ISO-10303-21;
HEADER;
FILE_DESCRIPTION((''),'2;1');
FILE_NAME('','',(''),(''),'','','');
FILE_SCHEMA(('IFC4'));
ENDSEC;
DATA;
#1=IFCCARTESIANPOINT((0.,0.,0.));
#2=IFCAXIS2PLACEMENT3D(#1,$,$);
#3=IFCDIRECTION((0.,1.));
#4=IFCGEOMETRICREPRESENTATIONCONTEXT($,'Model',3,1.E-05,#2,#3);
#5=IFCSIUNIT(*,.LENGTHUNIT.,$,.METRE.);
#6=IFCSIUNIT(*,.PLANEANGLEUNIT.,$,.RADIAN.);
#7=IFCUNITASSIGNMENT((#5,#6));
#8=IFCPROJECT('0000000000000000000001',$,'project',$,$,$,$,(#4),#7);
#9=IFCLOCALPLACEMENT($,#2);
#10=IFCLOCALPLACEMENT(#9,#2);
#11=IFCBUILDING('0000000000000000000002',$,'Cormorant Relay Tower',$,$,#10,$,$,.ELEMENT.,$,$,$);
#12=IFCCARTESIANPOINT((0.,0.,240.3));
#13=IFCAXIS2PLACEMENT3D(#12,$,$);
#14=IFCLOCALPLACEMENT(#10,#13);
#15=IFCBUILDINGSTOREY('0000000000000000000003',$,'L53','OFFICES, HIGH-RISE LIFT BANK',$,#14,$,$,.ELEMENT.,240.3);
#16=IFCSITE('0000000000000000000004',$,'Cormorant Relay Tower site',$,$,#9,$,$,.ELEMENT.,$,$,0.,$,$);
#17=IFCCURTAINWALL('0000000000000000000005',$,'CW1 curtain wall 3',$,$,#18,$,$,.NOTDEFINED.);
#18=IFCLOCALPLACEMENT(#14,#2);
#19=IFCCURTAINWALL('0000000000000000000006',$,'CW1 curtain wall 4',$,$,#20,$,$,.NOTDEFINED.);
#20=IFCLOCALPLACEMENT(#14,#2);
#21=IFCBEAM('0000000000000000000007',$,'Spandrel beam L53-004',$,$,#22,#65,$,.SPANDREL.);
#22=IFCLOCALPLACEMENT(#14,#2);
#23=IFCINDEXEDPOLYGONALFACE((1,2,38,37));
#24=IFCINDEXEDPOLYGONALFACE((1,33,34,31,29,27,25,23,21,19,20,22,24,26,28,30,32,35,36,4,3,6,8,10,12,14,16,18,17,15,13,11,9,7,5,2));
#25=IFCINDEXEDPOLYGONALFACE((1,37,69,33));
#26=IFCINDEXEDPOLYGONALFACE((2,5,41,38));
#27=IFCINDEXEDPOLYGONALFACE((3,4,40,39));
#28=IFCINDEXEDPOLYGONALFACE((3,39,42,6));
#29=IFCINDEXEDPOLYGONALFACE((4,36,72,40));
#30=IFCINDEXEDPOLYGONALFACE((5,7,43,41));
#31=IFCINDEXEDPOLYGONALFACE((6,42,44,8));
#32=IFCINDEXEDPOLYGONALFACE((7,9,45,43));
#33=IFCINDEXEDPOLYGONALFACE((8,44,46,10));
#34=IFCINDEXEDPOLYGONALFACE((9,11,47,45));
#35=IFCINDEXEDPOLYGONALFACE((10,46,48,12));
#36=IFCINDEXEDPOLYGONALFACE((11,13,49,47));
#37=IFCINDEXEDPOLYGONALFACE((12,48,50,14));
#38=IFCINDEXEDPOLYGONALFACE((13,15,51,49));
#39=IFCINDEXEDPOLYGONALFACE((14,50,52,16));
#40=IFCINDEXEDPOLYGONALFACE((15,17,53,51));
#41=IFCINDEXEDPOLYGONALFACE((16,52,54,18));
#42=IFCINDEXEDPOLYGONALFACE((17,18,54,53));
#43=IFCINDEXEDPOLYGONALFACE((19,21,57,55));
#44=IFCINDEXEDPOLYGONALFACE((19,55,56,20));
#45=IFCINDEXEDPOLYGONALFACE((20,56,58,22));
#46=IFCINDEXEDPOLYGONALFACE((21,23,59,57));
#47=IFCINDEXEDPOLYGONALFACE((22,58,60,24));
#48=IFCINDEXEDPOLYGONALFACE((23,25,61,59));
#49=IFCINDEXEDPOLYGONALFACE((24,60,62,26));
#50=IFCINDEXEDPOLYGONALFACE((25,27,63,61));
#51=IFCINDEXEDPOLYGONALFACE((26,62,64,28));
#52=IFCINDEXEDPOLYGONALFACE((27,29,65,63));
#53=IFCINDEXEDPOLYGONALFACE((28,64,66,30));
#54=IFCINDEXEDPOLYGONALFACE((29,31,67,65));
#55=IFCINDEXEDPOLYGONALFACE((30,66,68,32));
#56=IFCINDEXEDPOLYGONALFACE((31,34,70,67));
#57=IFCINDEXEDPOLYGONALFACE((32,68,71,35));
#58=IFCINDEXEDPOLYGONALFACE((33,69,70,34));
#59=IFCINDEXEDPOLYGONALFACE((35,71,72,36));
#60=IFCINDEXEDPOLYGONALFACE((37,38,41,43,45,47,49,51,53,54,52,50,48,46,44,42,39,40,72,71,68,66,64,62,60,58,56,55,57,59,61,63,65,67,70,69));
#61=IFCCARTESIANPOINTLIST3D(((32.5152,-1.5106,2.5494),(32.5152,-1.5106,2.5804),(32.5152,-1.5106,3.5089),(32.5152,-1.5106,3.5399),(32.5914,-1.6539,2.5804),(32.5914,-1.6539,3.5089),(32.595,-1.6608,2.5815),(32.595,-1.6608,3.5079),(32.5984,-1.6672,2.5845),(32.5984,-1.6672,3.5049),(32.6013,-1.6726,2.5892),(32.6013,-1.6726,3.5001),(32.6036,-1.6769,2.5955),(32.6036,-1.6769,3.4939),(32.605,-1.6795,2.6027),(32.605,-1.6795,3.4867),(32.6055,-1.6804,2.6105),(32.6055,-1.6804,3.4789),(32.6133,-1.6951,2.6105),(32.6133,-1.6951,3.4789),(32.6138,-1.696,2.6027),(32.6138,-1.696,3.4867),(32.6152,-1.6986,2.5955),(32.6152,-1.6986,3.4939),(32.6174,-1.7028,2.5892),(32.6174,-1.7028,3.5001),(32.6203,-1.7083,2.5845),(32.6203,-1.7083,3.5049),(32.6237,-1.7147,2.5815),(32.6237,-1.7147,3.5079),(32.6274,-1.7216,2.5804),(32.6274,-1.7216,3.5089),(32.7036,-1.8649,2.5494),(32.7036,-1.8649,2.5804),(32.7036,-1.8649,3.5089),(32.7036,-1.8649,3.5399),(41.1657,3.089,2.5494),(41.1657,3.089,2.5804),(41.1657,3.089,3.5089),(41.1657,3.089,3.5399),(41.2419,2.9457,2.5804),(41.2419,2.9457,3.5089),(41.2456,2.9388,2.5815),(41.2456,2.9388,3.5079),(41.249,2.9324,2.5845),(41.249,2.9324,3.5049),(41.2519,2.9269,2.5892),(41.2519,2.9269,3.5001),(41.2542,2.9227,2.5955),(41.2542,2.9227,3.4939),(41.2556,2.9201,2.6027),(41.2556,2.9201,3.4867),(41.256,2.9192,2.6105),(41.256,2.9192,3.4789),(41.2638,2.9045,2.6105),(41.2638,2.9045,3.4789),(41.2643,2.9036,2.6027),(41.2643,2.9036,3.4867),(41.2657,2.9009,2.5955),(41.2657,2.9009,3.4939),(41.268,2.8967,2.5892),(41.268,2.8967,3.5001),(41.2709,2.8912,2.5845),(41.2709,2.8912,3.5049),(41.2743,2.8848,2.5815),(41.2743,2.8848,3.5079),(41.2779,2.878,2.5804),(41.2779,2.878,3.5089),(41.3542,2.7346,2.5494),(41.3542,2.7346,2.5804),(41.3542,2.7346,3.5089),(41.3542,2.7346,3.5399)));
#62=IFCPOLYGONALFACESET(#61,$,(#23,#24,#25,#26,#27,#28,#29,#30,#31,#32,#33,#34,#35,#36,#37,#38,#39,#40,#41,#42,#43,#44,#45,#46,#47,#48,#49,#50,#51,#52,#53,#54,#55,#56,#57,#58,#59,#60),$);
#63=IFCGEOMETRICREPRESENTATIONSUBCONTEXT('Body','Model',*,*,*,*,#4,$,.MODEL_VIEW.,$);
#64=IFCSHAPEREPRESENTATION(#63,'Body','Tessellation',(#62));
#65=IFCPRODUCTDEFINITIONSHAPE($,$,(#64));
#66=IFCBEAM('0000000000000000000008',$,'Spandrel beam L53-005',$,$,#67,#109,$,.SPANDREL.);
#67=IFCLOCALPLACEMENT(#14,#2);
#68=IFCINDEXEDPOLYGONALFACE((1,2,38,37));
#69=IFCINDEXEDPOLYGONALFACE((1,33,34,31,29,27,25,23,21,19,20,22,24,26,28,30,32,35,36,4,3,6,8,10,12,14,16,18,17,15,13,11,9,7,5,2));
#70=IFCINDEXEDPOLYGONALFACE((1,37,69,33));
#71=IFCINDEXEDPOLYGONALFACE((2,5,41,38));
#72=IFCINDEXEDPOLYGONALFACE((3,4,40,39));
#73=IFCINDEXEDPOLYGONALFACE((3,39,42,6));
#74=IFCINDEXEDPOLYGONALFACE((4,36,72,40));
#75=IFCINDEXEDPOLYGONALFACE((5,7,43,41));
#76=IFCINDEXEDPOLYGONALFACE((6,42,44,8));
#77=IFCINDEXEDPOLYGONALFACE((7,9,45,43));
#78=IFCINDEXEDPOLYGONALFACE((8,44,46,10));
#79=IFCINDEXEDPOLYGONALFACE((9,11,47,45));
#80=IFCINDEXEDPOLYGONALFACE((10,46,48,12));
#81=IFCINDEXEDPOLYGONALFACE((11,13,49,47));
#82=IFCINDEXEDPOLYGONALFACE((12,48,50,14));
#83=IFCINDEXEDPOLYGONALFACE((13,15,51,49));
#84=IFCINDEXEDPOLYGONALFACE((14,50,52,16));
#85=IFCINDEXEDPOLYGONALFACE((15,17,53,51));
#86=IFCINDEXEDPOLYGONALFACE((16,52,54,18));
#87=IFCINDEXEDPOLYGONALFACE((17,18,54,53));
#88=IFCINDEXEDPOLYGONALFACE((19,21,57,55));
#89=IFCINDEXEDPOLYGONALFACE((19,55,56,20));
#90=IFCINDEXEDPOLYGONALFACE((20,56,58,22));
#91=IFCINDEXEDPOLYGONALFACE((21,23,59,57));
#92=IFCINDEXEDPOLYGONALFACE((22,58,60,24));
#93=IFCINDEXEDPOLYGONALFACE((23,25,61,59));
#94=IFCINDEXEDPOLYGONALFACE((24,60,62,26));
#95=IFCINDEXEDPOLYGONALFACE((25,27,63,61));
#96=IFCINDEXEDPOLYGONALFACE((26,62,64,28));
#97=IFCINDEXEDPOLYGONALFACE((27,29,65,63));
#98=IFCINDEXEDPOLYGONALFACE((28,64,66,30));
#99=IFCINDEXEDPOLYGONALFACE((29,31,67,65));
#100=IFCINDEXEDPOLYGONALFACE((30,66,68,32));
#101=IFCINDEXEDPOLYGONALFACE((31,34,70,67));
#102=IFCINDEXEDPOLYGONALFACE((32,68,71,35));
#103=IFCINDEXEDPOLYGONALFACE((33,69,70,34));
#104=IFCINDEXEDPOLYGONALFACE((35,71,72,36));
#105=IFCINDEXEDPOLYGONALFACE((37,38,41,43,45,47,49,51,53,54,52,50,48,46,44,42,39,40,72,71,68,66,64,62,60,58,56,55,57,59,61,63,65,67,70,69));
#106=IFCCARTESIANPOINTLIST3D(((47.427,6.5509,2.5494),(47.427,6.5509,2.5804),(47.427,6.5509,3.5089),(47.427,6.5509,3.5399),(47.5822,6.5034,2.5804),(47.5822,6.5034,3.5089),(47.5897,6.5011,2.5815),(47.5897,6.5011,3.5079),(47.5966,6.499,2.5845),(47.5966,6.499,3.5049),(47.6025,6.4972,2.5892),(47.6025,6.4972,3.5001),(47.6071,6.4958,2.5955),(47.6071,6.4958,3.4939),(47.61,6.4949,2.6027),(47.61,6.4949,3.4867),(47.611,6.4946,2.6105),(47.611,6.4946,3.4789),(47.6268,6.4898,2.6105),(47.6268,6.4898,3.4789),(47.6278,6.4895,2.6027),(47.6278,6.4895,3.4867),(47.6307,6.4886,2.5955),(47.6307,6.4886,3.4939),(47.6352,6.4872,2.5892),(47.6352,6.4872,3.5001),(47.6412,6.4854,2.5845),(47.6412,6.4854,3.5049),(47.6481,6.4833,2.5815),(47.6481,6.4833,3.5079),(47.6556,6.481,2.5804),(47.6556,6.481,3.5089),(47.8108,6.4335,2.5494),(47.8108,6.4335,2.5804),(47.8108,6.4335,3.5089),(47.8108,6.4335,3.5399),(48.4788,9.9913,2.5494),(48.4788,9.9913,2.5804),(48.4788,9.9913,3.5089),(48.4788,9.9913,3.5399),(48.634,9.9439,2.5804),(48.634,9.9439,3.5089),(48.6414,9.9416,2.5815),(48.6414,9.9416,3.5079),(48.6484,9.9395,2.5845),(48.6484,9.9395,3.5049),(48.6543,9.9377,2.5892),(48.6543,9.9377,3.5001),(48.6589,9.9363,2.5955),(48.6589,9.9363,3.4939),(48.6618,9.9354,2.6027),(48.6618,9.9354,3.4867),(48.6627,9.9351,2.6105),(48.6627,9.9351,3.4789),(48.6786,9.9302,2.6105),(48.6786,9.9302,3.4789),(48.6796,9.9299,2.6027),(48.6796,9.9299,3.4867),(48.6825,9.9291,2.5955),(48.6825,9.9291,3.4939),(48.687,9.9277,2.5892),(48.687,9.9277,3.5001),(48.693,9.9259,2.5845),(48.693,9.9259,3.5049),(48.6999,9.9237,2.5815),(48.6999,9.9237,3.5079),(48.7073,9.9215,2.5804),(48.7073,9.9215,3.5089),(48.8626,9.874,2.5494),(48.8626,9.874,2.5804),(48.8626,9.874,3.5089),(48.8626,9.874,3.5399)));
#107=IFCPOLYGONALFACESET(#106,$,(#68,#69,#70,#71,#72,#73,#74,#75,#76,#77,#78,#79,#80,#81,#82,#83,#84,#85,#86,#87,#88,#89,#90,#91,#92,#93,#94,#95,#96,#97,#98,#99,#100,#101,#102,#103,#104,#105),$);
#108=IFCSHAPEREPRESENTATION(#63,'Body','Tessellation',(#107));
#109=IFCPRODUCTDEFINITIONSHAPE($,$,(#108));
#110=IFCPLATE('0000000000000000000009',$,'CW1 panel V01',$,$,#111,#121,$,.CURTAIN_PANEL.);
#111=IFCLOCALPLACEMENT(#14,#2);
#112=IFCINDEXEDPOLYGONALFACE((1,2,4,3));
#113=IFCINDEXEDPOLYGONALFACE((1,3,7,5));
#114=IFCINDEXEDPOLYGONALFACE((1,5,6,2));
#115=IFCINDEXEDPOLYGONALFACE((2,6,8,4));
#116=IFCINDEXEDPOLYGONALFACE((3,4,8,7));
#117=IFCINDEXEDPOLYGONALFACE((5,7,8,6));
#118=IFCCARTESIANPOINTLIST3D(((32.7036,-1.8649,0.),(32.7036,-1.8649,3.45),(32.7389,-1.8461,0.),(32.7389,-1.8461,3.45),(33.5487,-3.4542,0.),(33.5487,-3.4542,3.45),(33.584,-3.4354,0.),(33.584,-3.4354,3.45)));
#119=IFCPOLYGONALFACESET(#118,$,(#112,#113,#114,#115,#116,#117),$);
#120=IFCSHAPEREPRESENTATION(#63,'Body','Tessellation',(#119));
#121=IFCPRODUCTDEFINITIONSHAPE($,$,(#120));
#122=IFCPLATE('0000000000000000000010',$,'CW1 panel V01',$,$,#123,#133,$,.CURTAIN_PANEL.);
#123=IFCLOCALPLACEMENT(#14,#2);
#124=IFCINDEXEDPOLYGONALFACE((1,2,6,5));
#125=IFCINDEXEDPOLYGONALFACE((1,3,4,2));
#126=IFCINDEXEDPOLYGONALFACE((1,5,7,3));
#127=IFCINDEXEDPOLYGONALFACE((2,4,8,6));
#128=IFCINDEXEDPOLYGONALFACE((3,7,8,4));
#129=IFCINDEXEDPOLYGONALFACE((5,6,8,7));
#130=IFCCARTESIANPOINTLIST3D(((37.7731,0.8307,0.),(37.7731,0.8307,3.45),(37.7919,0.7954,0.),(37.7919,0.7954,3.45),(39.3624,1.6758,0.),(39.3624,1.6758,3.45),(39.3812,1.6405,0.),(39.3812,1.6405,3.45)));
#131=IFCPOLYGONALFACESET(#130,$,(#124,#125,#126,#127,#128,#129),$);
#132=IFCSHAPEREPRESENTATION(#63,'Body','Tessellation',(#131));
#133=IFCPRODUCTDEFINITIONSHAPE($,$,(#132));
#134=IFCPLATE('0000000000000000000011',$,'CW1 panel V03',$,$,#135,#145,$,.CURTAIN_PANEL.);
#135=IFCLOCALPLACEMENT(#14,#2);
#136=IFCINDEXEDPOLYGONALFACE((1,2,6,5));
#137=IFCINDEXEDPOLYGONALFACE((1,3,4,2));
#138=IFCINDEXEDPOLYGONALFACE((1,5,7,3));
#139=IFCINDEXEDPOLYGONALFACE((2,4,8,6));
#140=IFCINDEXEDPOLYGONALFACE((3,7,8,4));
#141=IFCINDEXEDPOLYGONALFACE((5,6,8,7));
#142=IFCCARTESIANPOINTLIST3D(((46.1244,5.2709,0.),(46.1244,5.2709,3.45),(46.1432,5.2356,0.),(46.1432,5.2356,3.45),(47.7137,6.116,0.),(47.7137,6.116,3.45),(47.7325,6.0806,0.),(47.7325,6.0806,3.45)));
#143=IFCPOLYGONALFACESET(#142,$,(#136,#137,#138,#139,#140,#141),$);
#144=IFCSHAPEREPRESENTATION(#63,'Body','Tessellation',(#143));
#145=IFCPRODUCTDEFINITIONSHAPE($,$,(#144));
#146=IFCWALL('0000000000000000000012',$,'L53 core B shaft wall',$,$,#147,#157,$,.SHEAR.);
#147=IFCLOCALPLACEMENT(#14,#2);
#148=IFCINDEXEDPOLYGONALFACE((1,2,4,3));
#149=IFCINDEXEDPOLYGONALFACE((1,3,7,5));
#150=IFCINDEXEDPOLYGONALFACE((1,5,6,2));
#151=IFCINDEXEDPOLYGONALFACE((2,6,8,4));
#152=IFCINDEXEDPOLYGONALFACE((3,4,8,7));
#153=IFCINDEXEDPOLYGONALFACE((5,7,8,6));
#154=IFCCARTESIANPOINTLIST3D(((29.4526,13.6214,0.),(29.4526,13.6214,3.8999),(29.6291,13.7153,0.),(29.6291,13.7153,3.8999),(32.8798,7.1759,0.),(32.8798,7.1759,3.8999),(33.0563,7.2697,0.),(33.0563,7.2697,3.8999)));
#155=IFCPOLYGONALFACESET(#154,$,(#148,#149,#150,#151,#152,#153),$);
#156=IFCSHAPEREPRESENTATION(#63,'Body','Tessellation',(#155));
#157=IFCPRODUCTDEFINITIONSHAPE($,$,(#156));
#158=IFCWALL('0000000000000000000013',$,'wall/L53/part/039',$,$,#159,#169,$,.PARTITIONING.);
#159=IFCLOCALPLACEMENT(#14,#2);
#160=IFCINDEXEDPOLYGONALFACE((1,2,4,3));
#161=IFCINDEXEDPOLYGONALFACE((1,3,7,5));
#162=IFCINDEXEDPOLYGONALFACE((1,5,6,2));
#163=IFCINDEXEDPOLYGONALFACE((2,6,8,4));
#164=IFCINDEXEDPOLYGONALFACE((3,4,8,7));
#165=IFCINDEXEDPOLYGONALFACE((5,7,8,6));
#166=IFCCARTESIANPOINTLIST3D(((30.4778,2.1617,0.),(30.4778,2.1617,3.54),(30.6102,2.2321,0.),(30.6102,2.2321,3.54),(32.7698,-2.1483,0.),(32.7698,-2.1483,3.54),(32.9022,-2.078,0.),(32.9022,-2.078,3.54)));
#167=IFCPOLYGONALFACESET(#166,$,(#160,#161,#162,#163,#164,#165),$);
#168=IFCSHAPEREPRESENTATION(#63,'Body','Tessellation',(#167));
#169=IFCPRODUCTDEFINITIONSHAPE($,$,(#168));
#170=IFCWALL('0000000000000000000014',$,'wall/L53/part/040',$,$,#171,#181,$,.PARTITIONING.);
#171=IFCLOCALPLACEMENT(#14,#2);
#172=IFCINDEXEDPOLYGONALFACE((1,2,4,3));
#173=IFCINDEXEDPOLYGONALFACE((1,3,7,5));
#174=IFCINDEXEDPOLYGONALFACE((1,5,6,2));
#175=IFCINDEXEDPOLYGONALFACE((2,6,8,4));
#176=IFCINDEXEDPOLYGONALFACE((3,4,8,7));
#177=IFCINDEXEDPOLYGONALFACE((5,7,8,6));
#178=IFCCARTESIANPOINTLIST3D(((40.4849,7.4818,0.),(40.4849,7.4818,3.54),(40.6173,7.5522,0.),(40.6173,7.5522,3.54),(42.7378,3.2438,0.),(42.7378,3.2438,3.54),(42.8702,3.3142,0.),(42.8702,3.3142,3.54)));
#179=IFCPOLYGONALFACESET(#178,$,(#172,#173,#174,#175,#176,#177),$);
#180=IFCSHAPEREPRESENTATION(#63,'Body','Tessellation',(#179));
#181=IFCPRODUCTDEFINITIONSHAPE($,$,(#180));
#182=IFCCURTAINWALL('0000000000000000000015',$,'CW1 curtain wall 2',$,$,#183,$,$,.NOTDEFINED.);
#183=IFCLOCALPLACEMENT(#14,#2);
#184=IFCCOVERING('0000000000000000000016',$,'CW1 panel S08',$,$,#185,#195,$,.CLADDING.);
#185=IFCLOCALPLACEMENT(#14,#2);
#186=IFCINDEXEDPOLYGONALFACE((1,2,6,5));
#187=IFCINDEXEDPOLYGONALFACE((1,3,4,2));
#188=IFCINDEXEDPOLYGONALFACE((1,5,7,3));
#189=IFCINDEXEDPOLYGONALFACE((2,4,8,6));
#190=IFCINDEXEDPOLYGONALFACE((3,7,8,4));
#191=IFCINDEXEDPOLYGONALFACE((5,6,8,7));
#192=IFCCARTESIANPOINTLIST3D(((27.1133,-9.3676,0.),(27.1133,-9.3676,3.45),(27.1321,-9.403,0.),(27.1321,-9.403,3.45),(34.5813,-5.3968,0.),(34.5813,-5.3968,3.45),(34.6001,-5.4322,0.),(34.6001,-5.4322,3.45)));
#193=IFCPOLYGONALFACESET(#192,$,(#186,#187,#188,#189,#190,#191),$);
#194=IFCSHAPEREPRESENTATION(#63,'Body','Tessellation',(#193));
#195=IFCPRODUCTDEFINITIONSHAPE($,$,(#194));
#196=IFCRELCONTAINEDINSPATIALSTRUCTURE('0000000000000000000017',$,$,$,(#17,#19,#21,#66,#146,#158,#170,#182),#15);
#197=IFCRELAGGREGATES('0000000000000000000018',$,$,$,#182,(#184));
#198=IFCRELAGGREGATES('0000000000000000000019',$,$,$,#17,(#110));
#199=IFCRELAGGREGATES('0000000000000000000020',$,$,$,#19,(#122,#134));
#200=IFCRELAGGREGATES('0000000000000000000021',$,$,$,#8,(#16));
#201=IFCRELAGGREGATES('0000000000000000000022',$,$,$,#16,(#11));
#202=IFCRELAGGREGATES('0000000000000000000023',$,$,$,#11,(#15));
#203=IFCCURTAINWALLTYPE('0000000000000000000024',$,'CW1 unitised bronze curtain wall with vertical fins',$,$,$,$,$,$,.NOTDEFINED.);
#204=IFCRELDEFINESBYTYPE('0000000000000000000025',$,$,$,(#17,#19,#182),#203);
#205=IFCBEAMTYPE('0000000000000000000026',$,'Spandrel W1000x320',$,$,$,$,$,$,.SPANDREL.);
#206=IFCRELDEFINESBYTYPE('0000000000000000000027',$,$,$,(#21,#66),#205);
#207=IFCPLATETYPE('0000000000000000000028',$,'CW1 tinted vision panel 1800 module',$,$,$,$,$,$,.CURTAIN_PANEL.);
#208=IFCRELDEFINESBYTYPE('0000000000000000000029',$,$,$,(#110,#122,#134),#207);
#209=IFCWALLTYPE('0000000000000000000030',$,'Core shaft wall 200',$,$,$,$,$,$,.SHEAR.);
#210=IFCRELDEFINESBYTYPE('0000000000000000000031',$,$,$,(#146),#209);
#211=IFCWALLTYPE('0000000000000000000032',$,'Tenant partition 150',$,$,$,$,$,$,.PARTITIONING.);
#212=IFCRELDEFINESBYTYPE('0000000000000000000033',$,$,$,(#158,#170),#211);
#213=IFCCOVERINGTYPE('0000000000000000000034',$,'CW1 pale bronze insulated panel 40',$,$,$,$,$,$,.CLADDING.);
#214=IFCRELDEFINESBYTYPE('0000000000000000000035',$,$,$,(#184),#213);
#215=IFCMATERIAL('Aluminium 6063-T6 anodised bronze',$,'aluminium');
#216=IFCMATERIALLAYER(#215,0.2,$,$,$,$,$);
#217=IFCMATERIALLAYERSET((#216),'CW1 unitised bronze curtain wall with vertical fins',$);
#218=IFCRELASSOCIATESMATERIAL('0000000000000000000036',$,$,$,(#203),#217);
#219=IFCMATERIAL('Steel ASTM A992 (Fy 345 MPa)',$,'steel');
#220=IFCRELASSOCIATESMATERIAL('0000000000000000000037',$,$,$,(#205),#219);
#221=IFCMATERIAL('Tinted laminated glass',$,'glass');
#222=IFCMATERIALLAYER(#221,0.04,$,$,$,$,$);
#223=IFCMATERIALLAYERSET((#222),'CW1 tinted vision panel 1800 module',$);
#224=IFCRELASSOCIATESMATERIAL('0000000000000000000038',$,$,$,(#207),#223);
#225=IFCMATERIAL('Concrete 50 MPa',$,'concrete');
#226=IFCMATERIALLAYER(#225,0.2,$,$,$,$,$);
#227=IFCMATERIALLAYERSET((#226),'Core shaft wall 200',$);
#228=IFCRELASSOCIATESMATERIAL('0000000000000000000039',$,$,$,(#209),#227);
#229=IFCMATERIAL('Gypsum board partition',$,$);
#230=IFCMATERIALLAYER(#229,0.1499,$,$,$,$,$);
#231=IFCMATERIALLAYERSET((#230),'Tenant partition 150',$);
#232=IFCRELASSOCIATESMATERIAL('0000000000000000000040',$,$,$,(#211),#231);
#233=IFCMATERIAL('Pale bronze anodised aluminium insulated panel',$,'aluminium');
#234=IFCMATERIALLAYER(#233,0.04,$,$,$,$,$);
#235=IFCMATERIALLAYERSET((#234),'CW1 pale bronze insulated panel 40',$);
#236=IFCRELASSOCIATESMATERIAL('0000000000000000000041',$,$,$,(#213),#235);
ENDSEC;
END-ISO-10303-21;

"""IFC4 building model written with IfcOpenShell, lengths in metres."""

from ifc_helpers import new_model, si_unit, direction, frame, frame_2d, origin, origin_2d, place, context, subcontext, project, spatial, rectangle, i_section, extrude, material, layer, layer_set, material_profile, profile_set, type_object, element, aggregate, save


model = new_model("IFC4")

# Units and contexts
model_context = context("Model", 3, precision=1e-05, world=origin(), true_north=direction((0.0, 1.0)))
body_context = subcontext(model_context, "Body", "Model", "MODEL_VIEW")
ifc_project = project(units=[si_unit("LENGTHUNIT", "METRE"), si_unit("PLANEANGLEUNIT", "RADIAN")], contexts=[model_context])

# Site, building, storey
site_placement = place(None, origin())
site = spatial("IfcSite", under=ifc_project, at=site_placement, Name="Cormorant Relay Tower site", CompositionType="ELEMENT", RefElevation=0.0)
building_placement = place(site_placement, origin())
building = spatial("IfcBuilding", under=site, at=building_placement, Name="Cormorant Relay Tower", CompositionType="ELEMENT")
storey_placement = place(building_placement, frame((0.0, 0.0, 240.3)))
storey = spatial("IfcBuildingStorey", under=building, at=storey_placement, Name="L53", Description="OFFICES, HIGH-RISE LIFT BANK", CompositionType="ELEMENT", Elevation=240.3)

# Curtain wall
ifc_material_1 = material(Name="Aluminium 6063-T6 anodised bronze", Category="aluminium")
ifc_layer_1 = layer(ifc_material_1, 0.2)
ifc_layer_set_1 = layer_set([ifc_layer_1], Name="CW1 unitised bronze curtain wall with vertical fins")
curtain_wall_type = type_object("IfcCurtainWallType", Name="CW1 unitised bronze curtain wall with vertical fins", PredefinedType="NOTDEFINED", material=ifc_layer_set_1)
curtain_wall_1_placement = place(storey_placement, origin())
curtain_wall_1 = element("IfcCurtainWall", 1, at=curtain_wall_1_placement, inside=storey, type_object=curtain_wall_type, Name="CW1 curtain wall 3", PredefinedType="NOTDEFINED")

# Curtain wall
curtain_wall_2_placement = place(storey_placement, origin())
curtain_wall_2 = element("IfcCurtainWall", 2, at=curtain_wall_2_placement, inside=storey, type_object=curtain_wall_type, Name="CW1 curtain wall 4", PredefinedType="NOTDEFINED")

# Beams
ifc_material_2 = material(Name="Steel ASTM A992 (Fy 345 MPa)", Category="steel")
ifc_material_profile_1 = material_profile(ifc_material_2, i_section(OverallWidth=0.4014, OverallDepth=0.9905, WebThickness=0.0166, FlangeThickness=0.031, FilletRadius=0.03, at=origin_2d()), Name="W1000x320")
ifc_profile_set_1 = profile_set([ifc_material_profile_1], Name="Steel ASTM A992 (Fy 345 MPa)")
beam_type = type_object("IfcBeamType", Name="Spandrel W1000x320", PredefinedType="SPANDREL", material=ifc_profile_set_1)
beam_1_placement = place(storey_placement, frame((32.6094, -1.6877, 3.0447), z_axis=(0.882948, 0.46947, 0.0), x_axis=(-0.46947, 0.882948, 0.0)))
element("IfcBeam", 3, at=beam_1_placement, inside=storey, type_object=beam_type, Name="Spandrel beam L53-004", PredefinedType="SPANDREL", context=body_context, shape_type="SweptSolid", body=[
    extrude(i_section(OverallWidth=0.4014, OverallDepth=0.9905, WebThickness=0.0166, FlangeThickness=0.031, FilletRadius=0.03, at=origin_2d()), origin(), (0.0, 0.0, 1.0), 9.7974),
])
beam_2_placement = place(storey_placement, frame((47.6189, 6.4922, 3.0447), z_axis=(0.29235, 0.956312, 0.0), x_axis=(-0.956312, 0.29235, 0.0)))
element("IfcBeam", 4, at=beam_2_placement, inside=storey, type_object=beam_type, Name="Spandrel beam L53-005", PredefinedType="SPANDREL", context=body_context, shape_type="SweptSolid", body=[
    extrude(i_section(OverallWidth=0.4014, OverallDepth=0.9905, WebThickness=0.0166, FlangeThickness=0.031, FilletRadius=0.03, at=origin_2d()), origin(), (0.0, 0.0, 1.0), 3.5977),
])

# Plates
ifc_material_3 = material(Name="Tinted laminated glass", Category="glass")
ifc_layer_2 = layer(ifc_material_3, 0.04)
ifc_layer_set_2 = layer_set([ifc_layer_2], Name="CW1 tinted vision panel 1800 module")
plate_type = type_object("IfcPlateType", Name="CW1 tinted vision panel 1800 module", PredefinedType="CURTAIN_PANEL", material=ifc_layer_set_2)
plate_1_placement = place(storey_placement, frame((33.1438, -2.6501, 0.0), z_axis=(0.0, 0.0, 1.0), x_axis=(-0.469472, 0.882948, 0.0)))
plate_1 = element("IfcPlate", 5, at=plate_1_placement, type_object=plate_type, Name="CW1 panel V01", PredefinedType="CURTAIN_PANEL", context=body_context, shape_type="SweptSolid", body=[
    extrude(rectangle(XDim=1.8, YDim=0.04, at=origin_2d()), origin(), (0.0, 0.0, 1.0), 3.45),
])
plate_2_placement = place(storey_placement, frame((38.5771, 1.2356, 0.0), z_axis=(0.0, 0.0, 1.0), x_axis=(0.882948, 0.469472, 0.0)))
plate_2 = element("IfcPlate", 6, at=plate_2_placement, type_object=plate_type, Name="CW1 panel V01", PredefinedType="CURTAIN_PANEL", context=body_context, shape_type="SweptSolid", body=[
    extrude(rectangle(XDim=1.8, YDim=0.04, at=origin_2d()), origin(), (0.0, 0.0, 1.0), 3.45),
])
plate_3_placement = place(storey_placement, frame((46.9285, 5.6758, 0.0), z_axis=(0.0, 0.0, 1.0), x_axis=(0.882948, 0.469472, 0.0)))
plate_3 = element("IfcPlate", 7, at=plate_3_placement, type_object=plate_type, Name="CW1 panel V03", PredefinedType="CURTAIN_PANEL", context=body_context, shape_type="SweptSolid", body=[
    extrude(rectangle(XDim=1.8, YDim=0.04, at=origin_2d()), origin(), (0.0, 0.0, 1.0), 3.45),
])

# Walls
ifc_material_4 = material(Name="Concrete 50 MPa", Category="concrete")
ifc_layer_3 = layer(ifc_material_4, 0.2)
ifc_layer_set_3 = layer_set([ifc_layer_3], Name="Core shaft wall 200")
wall_type_1 = type_object("IfcWallType", Name="Core shaft wall 200", PredefinedType="SHEAR", material=ifc_layer_set_3)
wall_1_placement = place(storey_placement, frame((32.968, 7.2229, 0.0), z_axis=(0.0, 0.0, 1.0), x_axis=(-0.46948, 0.882943, 0.0)))
element("IfcWall", 8, at=wall_1_placement, inside=storey, type_object=wall_type_1, Name="L53 core B shaft wall", PredefinedType="SHEAR", context=body_context, shape_type="SweptSolid", body=[
    extrude(rectangle(XDim=7.3, YDim=0.2, at=frame_2d((3.6499, 0.0))), origin(), (0.0, 0.0, 1.0), 3.8999),
])
ifc_material_5 = material(Name="Gypsum board partition")
ifc_layer_4 = layer(ifc_material_5, 0.1499)
ifc_layer_set_4 = layer_set([ifc_layer_4], Name="Tenant partition 150")
wall_type_2 = type_object("IfcWallType", Name="Tenant partition 150", PredefinedType="PARTITIONING", material=ifc_layer_set_4)
wall_2_placement = place(storey_placement, frame((30.5439, 2.197, 0.0), z_axis=(0.0, 0.0, 1.0), x_axis=(0.469518, -0.882923, 0.0)))
element("IfcWall", 9, at=wall_2_placement, inside=storey, type_object=wall_type_2, Name="wall/L53/part/039", PredefinedType="PARTITIONING", context=body_context, shape_type="SweptSolid", body=[
    extrude(rectangle(XDim=4.8816, YDim=0.1499, at=frame_2d((2.4409, 0.0))), origin(), (0.0, 0.0, 1.0), 3.54),
])
wall_3_placement = place(storey_placement, frame((40.551, 7.5171, 0.0), z_axis=(0.0, 0.0, 1.0), x_axis=(0.469394, -0.882989, 0.0)))
element("IfcWall", 10, at=wall_3_placement, inside=storey, type_object=wall_type_2, Name="wall/L53/part/040", PredefinedType="PARTITIONING", context=body_context, shape_type="SweptSolid", body=[
    extrude(rectangle(XDim=4.7996, YDim=0.1499, at=frame_2d((2.3999, 0.0))), origin(), (0.0, 0.0, 1.0), 3.54),
])

# Curtain wall, covering
curtain_wall_3_placement = place(storey_placement, origin())
curtain_wall_3 = element("IfcCurtainWall", 11, at=curtain_wall_3_placement, inside=storey, type_object=curtain_wall_type, Name="CW1 curtain wall 2", PredefinedType="NOTDEFINED")
ifc_material_6 = material(Name="Pale bronze anodised aluminium insulated panel", Category="aluminium")
ifc_layer_5 = layer(ifc_material_6, 0.04)
ifc_layer_set_5 = layer_set([ifc_layer_5], Name="CW1 pale bronze insulated panel 40")
covering_type = type_object("IfcCoveringType", Name="CW1 pale bronze insulated panel 40", PredefinedType="CLADDING", material=ifc_layer_set_5)
covering_1_placement = place(storey_placement, frame((30.8567, -7.3999, 0.0), z_axis=(0.0, 0.0, 1.0), x_axis=(0.882948, 0.469472, 0.0)))
covering_1 = element("IfcCovering", 12, at=covering_1_placement, type_object=covering_type, Name="CW1 panel S08", PredefinedType="CLADDING", context=body_context, shape_type="SweptSolid", body=[
    extrude(rectangle(XDim=8.458, YDim=0.04, at=origin_2d()), origin(), (0.0, 0.0, 1.0), 3.45),
])
aggregate(curtain_wall_3, [covering_1])

aggregate(curtain_wall_1, [plate_1])
aggregate(curtain_wall_2, [plate_2, plate_3])

save(model, "model.ifc")
